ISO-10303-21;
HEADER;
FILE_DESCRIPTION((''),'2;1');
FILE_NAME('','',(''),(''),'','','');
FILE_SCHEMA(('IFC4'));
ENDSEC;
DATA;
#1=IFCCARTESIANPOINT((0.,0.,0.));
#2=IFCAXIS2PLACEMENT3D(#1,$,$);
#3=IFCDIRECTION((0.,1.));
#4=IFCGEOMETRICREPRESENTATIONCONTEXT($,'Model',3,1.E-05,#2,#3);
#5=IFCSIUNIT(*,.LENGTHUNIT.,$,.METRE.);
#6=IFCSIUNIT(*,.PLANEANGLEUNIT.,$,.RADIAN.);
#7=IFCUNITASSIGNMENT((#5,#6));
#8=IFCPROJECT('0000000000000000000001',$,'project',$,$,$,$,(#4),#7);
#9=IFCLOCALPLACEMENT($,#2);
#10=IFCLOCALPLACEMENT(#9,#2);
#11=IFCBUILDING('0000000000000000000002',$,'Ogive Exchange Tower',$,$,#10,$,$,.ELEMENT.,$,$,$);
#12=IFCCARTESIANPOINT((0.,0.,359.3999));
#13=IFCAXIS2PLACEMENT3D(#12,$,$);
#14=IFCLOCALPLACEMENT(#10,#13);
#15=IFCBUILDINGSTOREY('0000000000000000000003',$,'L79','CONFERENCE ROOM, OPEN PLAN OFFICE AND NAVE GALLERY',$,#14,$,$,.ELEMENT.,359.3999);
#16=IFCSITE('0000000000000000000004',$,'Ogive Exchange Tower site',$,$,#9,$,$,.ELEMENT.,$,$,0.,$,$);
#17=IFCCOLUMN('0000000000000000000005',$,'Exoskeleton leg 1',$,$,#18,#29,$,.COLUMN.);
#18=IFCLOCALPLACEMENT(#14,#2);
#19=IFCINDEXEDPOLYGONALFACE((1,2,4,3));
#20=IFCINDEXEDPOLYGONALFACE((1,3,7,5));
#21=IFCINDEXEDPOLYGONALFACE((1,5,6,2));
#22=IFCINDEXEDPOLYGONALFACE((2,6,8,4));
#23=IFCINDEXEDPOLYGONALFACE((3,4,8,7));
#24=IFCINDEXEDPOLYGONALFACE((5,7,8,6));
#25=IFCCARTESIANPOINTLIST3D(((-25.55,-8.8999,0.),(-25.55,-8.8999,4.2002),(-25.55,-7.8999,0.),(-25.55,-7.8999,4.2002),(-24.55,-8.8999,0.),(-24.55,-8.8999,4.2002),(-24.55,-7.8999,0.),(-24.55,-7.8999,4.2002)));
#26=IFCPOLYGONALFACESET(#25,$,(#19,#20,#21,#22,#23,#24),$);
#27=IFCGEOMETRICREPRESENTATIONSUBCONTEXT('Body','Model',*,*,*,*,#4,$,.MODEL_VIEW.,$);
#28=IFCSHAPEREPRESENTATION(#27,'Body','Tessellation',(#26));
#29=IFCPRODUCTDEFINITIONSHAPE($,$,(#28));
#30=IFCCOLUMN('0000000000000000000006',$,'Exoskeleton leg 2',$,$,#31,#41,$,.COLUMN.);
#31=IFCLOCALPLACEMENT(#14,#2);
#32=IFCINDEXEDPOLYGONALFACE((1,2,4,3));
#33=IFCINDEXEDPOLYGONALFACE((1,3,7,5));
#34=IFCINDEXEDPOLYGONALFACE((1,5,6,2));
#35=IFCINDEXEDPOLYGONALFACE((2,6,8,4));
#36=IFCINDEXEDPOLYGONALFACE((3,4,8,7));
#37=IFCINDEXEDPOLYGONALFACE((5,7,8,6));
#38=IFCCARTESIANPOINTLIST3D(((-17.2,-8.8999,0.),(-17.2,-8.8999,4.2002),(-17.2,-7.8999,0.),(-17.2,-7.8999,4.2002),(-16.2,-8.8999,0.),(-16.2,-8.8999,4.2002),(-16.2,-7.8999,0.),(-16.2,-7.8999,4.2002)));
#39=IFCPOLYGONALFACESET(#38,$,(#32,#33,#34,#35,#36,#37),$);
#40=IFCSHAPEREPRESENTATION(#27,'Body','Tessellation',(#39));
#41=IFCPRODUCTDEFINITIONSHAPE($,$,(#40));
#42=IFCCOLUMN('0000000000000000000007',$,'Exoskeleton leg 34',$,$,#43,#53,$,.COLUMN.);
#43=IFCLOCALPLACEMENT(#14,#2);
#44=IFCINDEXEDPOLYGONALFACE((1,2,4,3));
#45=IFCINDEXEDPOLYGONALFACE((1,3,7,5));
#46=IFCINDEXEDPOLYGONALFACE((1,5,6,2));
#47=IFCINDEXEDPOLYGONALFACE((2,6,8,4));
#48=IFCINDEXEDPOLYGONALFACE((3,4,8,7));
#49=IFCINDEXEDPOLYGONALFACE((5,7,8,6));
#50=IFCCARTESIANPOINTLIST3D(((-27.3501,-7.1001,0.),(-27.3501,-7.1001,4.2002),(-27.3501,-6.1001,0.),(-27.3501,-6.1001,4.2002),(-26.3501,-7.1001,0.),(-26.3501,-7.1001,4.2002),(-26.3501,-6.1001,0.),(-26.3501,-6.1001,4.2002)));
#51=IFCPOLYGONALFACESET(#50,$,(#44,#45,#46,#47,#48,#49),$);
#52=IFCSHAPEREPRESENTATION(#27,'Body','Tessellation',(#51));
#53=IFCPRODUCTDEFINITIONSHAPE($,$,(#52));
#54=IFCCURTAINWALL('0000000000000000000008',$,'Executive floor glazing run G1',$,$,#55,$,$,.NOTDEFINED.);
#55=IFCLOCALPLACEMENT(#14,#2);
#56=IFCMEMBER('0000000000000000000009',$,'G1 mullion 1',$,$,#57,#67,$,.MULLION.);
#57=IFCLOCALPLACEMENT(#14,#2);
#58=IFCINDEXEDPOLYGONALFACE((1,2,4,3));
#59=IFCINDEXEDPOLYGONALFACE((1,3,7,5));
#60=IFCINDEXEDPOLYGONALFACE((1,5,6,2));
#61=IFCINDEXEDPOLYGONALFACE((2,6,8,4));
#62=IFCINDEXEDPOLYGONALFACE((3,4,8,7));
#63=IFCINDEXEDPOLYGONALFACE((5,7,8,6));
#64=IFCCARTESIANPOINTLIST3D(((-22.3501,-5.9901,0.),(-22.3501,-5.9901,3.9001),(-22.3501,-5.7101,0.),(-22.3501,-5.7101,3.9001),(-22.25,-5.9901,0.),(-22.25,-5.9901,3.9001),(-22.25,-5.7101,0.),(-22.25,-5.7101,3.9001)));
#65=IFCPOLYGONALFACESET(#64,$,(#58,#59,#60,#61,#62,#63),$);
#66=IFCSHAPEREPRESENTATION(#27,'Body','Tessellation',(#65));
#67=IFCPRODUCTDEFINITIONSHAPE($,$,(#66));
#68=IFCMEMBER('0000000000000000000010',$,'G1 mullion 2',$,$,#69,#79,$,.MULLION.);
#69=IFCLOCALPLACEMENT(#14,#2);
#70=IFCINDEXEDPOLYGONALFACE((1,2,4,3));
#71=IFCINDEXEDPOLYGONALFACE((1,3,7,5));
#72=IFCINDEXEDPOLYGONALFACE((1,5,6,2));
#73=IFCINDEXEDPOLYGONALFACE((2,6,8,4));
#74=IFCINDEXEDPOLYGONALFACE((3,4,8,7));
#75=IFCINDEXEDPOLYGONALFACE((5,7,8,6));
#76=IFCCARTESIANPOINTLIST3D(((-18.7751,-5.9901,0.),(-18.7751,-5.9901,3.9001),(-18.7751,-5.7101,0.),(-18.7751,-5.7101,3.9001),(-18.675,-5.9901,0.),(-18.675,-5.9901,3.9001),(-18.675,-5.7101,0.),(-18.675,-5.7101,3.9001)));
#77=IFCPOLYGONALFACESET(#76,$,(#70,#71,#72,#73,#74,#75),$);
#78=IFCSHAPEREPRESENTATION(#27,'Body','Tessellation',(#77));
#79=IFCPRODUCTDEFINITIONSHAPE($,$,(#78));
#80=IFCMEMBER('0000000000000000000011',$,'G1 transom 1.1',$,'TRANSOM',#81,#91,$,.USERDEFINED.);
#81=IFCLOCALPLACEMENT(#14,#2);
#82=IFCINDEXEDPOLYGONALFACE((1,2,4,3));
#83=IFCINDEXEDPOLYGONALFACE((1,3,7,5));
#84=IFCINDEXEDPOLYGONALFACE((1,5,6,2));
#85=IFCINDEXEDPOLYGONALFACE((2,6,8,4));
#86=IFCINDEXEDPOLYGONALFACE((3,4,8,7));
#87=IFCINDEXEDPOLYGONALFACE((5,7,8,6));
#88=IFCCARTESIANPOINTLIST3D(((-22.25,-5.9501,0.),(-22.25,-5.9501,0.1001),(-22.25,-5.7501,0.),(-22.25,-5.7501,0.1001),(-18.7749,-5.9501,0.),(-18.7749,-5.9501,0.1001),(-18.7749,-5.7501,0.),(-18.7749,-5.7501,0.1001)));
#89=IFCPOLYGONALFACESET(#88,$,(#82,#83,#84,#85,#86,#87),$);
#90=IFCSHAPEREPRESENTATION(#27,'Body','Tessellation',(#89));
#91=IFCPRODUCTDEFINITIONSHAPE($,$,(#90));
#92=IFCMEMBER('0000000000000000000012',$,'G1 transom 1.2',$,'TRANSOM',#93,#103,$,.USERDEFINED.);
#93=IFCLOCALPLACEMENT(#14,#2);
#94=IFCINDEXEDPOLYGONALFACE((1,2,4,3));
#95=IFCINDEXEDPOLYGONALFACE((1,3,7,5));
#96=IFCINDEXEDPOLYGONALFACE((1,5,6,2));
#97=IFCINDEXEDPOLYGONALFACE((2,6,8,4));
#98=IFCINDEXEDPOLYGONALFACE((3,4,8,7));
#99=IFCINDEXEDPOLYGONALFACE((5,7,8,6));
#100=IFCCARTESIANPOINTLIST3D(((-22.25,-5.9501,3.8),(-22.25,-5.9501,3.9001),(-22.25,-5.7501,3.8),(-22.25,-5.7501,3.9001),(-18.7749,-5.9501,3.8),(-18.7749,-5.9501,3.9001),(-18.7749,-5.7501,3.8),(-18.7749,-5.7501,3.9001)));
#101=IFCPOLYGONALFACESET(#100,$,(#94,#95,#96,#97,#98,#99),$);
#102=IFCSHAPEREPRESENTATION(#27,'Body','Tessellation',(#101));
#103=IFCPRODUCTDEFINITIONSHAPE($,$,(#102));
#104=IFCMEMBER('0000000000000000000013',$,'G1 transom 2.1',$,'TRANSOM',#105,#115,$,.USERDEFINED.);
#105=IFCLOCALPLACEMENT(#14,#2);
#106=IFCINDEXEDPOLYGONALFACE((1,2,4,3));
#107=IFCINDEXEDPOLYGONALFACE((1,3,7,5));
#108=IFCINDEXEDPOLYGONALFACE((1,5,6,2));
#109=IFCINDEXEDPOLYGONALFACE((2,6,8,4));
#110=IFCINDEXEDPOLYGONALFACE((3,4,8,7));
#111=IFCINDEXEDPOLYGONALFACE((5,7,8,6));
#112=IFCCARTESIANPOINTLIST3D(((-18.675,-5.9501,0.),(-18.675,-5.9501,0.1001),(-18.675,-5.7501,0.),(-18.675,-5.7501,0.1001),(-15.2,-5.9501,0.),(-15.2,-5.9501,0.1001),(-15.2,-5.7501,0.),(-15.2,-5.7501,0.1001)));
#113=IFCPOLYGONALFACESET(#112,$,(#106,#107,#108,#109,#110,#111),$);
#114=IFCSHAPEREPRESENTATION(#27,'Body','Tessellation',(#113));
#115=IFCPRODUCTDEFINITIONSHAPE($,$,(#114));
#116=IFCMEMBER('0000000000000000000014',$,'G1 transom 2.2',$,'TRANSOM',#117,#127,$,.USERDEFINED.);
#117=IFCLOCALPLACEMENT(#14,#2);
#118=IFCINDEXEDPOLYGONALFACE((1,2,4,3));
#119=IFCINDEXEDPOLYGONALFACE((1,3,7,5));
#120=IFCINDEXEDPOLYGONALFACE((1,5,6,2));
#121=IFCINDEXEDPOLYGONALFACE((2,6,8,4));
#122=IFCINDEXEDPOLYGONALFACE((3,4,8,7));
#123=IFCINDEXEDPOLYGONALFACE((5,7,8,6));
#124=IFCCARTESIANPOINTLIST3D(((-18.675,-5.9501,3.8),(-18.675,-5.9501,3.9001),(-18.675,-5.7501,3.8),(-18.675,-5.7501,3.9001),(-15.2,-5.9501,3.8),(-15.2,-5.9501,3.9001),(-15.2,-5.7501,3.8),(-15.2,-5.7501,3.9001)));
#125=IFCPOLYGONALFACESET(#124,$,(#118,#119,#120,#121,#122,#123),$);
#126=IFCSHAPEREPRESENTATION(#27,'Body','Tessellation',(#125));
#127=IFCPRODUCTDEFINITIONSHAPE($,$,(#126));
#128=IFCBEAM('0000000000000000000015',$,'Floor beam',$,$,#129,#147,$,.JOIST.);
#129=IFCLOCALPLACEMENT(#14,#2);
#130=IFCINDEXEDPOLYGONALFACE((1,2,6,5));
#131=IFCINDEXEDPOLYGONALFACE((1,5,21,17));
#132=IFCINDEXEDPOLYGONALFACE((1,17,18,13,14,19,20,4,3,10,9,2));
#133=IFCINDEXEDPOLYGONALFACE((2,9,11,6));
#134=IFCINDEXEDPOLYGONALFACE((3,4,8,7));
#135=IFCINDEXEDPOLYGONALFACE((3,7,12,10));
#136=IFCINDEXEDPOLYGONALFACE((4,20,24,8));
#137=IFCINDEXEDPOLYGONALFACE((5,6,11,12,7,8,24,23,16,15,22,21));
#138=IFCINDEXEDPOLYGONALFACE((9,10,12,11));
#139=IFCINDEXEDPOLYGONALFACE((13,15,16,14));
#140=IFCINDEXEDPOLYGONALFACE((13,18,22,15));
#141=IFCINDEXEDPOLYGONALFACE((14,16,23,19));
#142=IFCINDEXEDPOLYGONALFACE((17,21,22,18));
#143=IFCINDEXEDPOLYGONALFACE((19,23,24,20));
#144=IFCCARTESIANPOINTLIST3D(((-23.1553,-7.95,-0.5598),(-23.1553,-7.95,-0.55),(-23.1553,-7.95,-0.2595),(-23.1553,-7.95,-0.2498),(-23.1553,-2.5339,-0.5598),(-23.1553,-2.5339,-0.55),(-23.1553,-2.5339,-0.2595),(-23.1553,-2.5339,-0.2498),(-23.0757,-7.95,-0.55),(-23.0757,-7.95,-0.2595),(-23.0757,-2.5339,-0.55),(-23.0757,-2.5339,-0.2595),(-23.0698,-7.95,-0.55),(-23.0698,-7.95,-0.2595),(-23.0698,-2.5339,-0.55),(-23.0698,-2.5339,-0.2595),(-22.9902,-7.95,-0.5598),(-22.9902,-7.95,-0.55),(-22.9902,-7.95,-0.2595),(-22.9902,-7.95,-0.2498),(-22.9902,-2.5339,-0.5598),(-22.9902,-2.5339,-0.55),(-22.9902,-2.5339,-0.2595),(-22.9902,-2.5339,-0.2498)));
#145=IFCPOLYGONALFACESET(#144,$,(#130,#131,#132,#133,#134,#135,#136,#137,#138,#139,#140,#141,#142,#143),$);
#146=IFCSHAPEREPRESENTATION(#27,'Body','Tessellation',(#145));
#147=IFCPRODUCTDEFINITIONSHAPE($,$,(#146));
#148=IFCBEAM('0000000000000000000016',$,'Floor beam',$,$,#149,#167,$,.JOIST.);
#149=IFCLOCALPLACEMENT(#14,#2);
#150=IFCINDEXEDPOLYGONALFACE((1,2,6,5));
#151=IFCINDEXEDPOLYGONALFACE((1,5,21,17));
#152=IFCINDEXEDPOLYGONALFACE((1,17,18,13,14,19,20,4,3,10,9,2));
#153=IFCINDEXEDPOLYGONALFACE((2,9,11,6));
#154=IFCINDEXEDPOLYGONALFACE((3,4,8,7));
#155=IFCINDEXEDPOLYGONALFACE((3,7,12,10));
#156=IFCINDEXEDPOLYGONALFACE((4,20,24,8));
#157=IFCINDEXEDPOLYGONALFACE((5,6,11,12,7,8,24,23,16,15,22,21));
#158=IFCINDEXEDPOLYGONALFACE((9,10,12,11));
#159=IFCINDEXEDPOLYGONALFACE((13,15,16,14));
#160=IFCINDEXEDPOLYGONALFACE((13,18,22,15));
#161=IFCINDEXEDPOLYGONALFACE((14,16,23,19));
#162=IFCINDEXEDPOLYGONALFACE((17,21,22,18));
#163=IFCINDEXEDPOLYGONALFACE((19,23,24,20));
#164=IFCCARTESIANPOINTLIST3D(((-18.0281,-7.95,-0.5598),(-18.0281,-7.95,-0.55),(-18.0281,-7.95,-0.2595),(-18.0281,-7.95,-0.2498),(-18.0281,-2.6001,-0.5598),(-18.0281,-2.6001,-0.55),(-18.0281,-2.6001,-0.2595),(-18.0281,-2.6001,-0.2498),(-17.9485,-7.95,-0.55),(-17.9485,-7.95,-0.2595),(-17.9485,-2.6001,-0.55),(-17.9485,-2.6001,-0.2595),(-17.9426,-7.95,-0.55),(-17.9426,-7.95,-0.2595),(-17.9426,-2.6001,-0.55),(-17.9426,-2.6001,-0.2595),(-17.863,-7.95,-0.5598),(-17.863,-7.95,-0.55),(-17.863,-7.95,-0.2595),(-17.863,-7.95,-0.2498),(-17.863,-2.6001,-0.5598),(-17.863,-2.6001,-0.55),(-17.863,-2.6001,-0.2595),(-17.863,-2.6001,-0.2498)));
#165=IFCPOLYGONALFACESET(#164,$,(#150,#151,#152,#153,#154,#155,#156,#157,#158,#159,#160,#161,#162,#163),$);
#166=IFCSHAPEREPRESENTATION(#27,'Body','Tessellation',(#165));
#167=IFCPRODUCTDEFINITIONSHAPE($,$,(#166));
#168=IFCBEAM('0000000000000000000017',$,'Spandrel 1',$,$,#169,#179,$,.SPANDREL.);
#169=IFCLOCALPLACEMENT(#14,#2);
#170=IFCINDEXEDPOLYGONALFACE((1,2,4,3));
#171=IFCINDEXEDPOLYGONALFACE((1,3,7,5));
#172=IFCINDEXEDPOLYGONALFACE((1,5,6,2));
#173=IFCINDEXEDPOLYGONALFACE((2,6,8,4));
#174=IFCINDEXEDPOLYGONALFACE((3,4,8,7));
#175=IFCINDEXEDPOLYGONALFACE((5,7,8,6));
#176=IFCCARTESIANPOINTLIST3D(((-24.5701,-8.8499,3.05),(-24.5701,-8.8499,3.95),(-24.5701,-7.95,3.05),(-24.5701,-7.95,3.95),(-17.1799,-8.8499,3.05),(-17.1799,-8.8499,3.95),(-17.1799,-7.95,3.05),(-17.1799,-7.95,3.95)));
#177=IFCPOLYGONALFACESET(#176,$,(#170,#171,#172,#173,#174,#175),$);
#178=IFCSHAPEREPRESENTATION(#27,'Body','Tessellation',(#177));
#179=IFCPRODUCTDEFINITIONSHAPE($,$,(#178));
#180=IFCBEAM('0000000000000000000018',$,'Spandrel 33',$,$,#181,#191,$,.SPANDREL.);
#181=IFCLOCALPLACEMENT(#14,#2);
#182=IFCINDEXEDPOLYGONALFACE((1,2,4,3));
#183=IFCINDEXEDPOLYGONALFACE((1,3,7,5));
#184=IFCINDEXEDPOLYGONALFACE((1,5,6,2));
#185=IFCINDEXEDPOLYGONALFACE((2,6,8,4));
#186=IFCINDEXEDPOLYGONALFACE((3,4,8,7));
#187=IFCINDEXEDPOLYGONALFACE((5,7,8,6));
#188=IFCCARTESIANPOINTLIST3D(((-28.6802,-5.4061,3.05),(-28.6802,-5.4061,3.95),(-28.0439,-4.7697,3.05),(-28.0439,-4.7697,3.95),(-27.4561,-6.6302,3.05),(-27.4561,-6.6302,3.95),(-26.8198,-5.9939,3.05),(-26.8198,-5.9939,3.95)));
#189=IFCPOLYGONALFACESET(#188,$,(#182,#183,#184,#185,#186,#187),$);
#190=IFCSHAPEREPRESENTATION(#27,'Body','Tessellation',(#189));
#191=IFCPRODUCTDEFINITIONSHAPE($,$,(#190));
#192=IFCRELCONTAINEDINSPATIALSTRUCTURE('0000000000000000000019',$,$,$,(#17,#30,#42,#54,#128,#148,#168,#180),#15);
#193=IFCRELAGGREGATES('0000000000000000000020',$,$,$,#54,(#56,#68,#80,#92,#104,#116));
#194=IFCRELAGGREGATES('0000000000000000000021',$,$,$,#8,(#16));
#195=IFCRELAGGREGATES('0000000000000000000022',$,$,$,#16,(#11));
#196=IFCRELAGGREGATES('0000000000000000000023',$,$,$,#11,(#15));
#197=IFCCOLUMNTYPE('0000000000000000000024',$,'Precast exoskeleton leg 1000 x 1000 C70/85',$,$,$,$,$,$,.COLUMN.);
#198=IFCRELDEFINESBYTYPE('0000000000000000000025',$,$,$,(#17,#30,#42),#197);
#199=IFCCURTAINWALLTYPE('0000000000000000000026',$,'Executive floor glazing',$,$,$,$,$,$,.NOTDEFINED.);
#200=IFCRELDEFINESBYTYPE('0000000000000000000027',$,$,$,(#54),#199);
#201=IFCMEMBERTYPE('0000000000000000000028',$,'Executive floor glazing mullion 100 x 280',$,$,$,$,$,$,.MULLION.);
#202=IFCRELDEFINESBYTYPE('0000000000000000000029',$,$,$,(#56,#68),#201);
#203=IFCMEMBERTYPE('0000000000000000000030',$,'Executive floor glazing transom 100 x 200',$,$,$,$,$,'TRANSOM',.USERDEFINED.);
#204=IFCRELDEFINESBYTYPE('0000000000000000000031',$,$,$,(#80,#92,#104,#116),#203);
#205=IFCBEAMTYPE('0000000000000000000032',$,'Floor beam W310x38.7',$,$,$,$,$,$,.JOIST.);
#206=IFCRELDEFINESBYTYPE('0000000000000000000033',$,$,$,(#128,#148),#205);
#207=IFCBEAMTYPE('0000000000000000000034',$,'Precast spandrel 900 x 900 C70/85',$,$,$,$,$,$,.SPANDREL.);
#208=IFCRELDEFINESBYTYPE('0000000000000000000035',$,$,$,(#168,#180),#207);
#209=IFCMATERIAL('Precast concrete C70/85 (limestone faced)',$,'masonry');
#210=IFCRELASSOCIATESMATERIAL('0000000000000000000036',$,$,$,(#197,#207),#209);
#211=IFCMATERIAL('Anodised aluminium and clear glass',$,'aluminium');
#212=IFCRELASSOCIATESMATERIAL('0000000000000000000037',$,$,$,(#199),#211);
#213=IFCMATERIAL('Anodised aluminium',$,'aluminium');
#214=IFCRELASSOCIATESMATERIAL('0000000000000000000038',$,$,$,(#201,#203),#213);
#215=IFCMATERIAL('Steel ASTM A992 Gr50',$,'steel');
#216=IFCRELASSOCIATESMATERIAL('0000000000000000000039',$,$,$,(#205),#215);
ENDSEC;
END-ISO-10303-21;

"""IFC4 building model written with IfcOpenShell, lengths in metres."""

from ifc_helpers import new_model, si_unit, direction, frame, origin, origin_2d, place, context, subcontext, project, spatial, rectangle, i_section, extrude, material, material_profile, profile_set, type_object, element, aggregate, save


model = new_model("IFC4")

# Units and contexts
model_context = context("Model", 3, precision=1e-05, world=origin(), true_north=direction((0.0, 1.0)))
body_context = subcontext(model_context, "Body", "Model", "MODEL_VIEW")
ifc_project = project(units=[si_unit("LENGTHUNIT", "METRE"), si_unit("PLANEANGLEUNIT", "RADIAN")], contexts=[model_context])

# Site, building, storey
site_placement = place(None, origin())
site = spatial("IfcSite", under=ifc_project, at=site_placement, Name="Ogive Exchange Tower site", CompositionType="ELEMENT", RefElevation=0.0)
building_placement = place(site_placement, origin())
building = spatial("IfcBuilding", under=site, at=building_placement, Name="Ogive Exchange Tower", CompositionType="ELEMENT")
storey_placement = place(building_placement, frame((0.0, 0.0, 359.3999)))
storey = spatial("IfcBuildingStorey", under=building, at=storey_placement, Name="L79", Description="CONFERENCE ROOM, OPEN PLAN OFFICE AND NAVE GALLERY", CompositionType="ELEMENT", Elevation=359.3999)

# Columns
ifc_material_1 = material(Name="Precast concrete C70/85 (limestone faced)", Category="masonry")
ifc_material_profile_1 = material_profile(ifc_material_1, rectangle(XDim=1.0, YDim=1.0, at=origin_2d()), Name="1000 x 1000")
ifc_profile_set_1 = profile_set([ifc_material_profile_1], Name="Precast concrete C70/85 (limestone faced)")
column_type = type_object("IfcColumnType", Name="Precast exoskeleton leg 1000 x 1000 C70/85", PredefinedType="COLUMN", material=ifc_profile_set_1)
for number, where, z_axis, x_axis, name in (
    (1, (-25.05, -8.3999, 0.0), (0.0, 0.0, 1.0), (1.0, 0.0, 0.0), "Exoskeleton leg 1"),
    (2, (-16.7, -8.3999, 0.0), (0.0, 0.0, 1.0), (1.0, 0.0, 0.0), "Exoskeleton leg 2"),
    (3, (-26.8501, -6.6001, 0.0), (0.0, 0.0, 1.0), (1.0, 0.0, 0.0), "Exoskeleton leg 34"),
):
    element("IfcColumn", number, at=place(storey_placement, frame(where, z_axis=z_axis, x_axis=x_axis)), inside=storey, type_object=column_type, Name=name, PredefinedType="COLUMN", context=body_context, shape_type="SweptSolid", body=[
        extrude(rectangle(XDim=1.0, YDim=1.0, at=origin_2d()), origin(), (0.0, 0.0, 1.0), 4.2002),
    ])

# Curtain wall, members
ifc_material_2 = material(Name="Anodised aluminium and clear glass", Category="aluminium")
curtain_wall_type = type_object("IfcCurtainWallType", Name="Executive floor glazing", PredefinedType="NOTDEFINED", material=ifc_material_2)
curtain_wall_placement = place(storey_placement, origin())
curtain_wall = element("IfcCurtainWall", 4, at=curtain_wall_placement, inside=storey, type_object=curtain_wall_type, Name="Executive floor glazing run G1", PredefinedType="NOTDEFINED")
ifc_material_3 = material(Name="Anodised aluminium", Category="aluminium")
ifc_material_profile_2 = material_profile(ifc_material_3, rectangle(XDim=0.28, YDim=0.1001, at=origin_2d()), Name="AL 100x280")
ifc_profile_set_2 = profile_set([ifc_material_profile_2], Name="Anodised aluminium")
member_type_1 = type_object("IfcMemberType", Name="Executive floor glazing mullion 100 x 280", PredefinedType="MULLION", material=ifc_profile_set_2)
member_1_placement = place(storey_placement, frame((-22.3, -5.8501, 0.0), z_axis=(0.0, 0.0, 1.0), x_axis=(0.0, 1.0, 0.0)))
member_1 = element("IfcMember", 5, at=member_1_placement, type_object=member_type_1, Name="G1 mullion 1", PredefinedType="MULLION", context=body_context, shape_type="SweptSolid", body=[
    extrude(rectangle(XDim=0.28, YDim=0.1001, at=origin_2d()), origin(), (0.0, 0.0, 1.0), 3.9001),
])
member_2_placement = place(storey_placement, frame((-18.7251, -5.8501, 0.0), z_axis=(0.0, 0.0, 1.0), x_axis=(0.0, 1.0, 0.0)))
member_2 = element("IfcMember", 6, at=member_2_placement, type_object=member_type_1, Name="G1 mullion 2", PredefinedType="MULLION", context=body_context, shape_type="SweptSolid", body=[
    extrude(rectangle(XDim=0.28, YDim=0.1001, at=origin_2d()), origin(), (0.0, 0.0, 1.0), 3.9001),
])
ifc_material_profile_3 = material_profile(ifc_material_3, rectangle(XDim=0.2, YDim=0.1001, at=origin_2d()), Name="AL 100x200")
ifc_profile_set_3 = profile_set([ifc_material_profile_3], Name="Anodised aluminium")
member_type_2 = type_object("IfcMemberType", Name="Executive floor glazing transom 100 x 200", ElementType="TRANSOM", PredefinedType="USERDEFINED", material=ifc_profile_set_3)
member_3_placement = place(storey_placement, frame((-22.25, -5.8501, 0.05), z_axis=(1.0, 0.0, 0.0), x_axis=(0.0, 1.0, 0.0)))
member_3 = element("IfcMember", 7, at=member_3_placement, type_object=member_type_2, Name="G1 transom 1.1", ObjectType="TRANSOM", PredefinedType="USERDEFINED", context=body_context, shape_type="SweptSolid", body=[
    extrude(rectangle(XDim=0.2, YDim=0.1001, at=origin_2d()), origin(), (0.0, 0.0, 1.0), 3.4751),
])
member_4_placement = place(storey_placement, frame((-22.25, -5.8501, 3.8501), z_axis=(1.0, 0.0, 0.0), x_axis=(0.0, 1.0, 0.0)))
member_4 = element("IfcMember", 8, at=member_4_placement, type_object=member_type_2, Name="G1 transom 1.2", ObjectType="TRANSOM", PredefinedType="USERDEFINED", context=body_context, shape_type="SweptSolid", body=[
    extrude(rectangle(XDim=0.2, YDim=0.1001, at=origin_2d()), origin(), (0.0, 0.0, 1.0), 3.4751),
])
member_5_placement = place(storey_placement, frame((-18.675, -5.8501, 0.05), z_axis=(1.0, 0.0, 0.0), x_axis=(0.0, 1.0, 0.0)))
member_5 = element("IfcMember", 9, at=member_5_placement, type_object=member_type_2, Name="G1 transom 2.1", ObjectType="TRANSOM", PredefinedType="USERDEFINED", context=body_context, shape_type="SweptSolid", body=[
    extrude(rectangle(XDim=0.2, YDim=0.1001, at=origin_2d()), origin(), (0.0, 0.0, 1.0), 3.4751),
])
member_6_placement = place(storey_placement, frame((-18.675, -5.8501, 3.8501), z_axis=(1.0, 0.0, 0.0), x_axis=(0.0, 1.0, 0.0)))
member_6 = element("IfcMember", 10, at=member_6_placement, type_object=member_type_2, Name="G1 transom 2.2", ObjectType="TRANSOM", PredefinedType="USERDEFINED", context=body_context, shape_type="SweptSolid", body=[
    extrude(rectangle(XDim=0.2, YDim=0.1001, at=origin_2d()), origin(), (0.0, 0.0, 1.0), 3.4751),
])

# Beams
ifc_material_4 = material(Name="Steel ASTM A992 Gr50", Category="steel")
ifc_material_profile_4 = material_profile(ifc_material_4, i_section(OverallWidth=0.165, OverallDepth=0.3101, WebThickness=0.0059, FlangeThickness=0.0098, at=origin_2d()), Name="W310x38.7")
ifc_profile_set_4 = profile_set([ifc_material_profile_4], Name="Steel ASTM A992 Gr50")
beam_type_1 = type_object("IfcBeamType", Name="Floor beam W310x38.7", PredefinedType="JOIST", material=ifc_profile_set_4)
beam_1_placement = place(storey_placement, frame((-23.0728, -7.95, -0.4048), z_axis=(0.0, 1.0, 0.0), x_axis=(-1.0, 0.0, 0.0)))
element("IfcBeam", 11, at=beam_1_placement, inside=storey, type_object=beam_type_1, Name="Floor beam", PredefinedType="JOIST", context=body_context, shape_type="SweptSolid", body=[
    extrude(i_section(OverallWidth=0.165, OverallDepth=0.3101, WebThickness=0.0059, FlangeThickness=0.0098, at=origin_2d()), origin(), (0.0, 0.0, 1.0), 5.416),
])
beam_2_placement = place(storey_placement, frame((-17.9456, -7.95, -0.4048), z_axis=(0.0, 1.0, 0.0), x_axis=(-1.0, 0.0, 0.0)))
element("IfcBeam", 12, at=beam_2_placement, inside=storey, type_object=beam_type_1, Name="Floor beam", PredefinedType="JOIST", context=body_context, shape_type="SweptSolid", body=[
    extrude(i_section(OverallWidth=0.165, OverallDepth=0.3101, WebThickness=0.0059, FlangeThickness=0.0098, at=origin_2d()), origin(), (0.0, 0.0, 1.0), 5.3499),
])
ifc_material_profile_5 = material_profile(ifc_material_1, rectangle(XDim=0.8999, YDim=0.8999, at=origin_2d()), Name="900 x 900")
ifc_profile_set_5 = profile_set([ifc_material_profile_5], Name="Precast concrete C70/85 (limestone faced)")
beam_type_2 = type_object("IfcBeamType", Name="Precast spandrel 900 x 900 C70/85", PredefinedType="SPANDREL", material=ifc_profile_set_5)
beam_3_placement = place(storey_placement, frame((-24.5701, -8.3999, 3.5), z_axis=(1.0, 0.0, 0.0), x_axis=(0.0, 1.0, 0.0)))
element("IfcBeam", 13, at=beam_3_placement, inside=storey, type_object=beam_type_2, Name="Spandrel 1", PredefinedType="SPANDREL", context=body_context, shape_type="SweptSolid", body=[
    extrude(rectangle(XDim=0.8999, YDim=0.8999, at=origin_2d()), origin(), (0.0, 0.0, 1.0), 7.3901),
])
for number, where, z_axis, x_axis, name in (
    (14, (-28.3621, -5.0879, 3.5), (0.707107, -0.707107, 0.0), (0.707107, 0.707107, 0.0), "Spandrel 33"),
):
    element("IfcBeam", number, at=place(storey_placement, frame(where, z_axis=z_axis, x_axis=x_axis)), inside=storey, type_object=beam_type_2, Name=name, PredefinedType="SPANDREL", context=body_context, shape_type="SweptSolid", body=[
        extrude(rectangle(XDim=0.8999, YDim=0.8999, at=origin_2d()), origin(), (0.0, 0.0, 1.0), 1.7312),
    ])

aggregate(curtain_wall, [member_1, member_2, member_3, member_4, member_5, member_6])

save(model, "model.ifc")
